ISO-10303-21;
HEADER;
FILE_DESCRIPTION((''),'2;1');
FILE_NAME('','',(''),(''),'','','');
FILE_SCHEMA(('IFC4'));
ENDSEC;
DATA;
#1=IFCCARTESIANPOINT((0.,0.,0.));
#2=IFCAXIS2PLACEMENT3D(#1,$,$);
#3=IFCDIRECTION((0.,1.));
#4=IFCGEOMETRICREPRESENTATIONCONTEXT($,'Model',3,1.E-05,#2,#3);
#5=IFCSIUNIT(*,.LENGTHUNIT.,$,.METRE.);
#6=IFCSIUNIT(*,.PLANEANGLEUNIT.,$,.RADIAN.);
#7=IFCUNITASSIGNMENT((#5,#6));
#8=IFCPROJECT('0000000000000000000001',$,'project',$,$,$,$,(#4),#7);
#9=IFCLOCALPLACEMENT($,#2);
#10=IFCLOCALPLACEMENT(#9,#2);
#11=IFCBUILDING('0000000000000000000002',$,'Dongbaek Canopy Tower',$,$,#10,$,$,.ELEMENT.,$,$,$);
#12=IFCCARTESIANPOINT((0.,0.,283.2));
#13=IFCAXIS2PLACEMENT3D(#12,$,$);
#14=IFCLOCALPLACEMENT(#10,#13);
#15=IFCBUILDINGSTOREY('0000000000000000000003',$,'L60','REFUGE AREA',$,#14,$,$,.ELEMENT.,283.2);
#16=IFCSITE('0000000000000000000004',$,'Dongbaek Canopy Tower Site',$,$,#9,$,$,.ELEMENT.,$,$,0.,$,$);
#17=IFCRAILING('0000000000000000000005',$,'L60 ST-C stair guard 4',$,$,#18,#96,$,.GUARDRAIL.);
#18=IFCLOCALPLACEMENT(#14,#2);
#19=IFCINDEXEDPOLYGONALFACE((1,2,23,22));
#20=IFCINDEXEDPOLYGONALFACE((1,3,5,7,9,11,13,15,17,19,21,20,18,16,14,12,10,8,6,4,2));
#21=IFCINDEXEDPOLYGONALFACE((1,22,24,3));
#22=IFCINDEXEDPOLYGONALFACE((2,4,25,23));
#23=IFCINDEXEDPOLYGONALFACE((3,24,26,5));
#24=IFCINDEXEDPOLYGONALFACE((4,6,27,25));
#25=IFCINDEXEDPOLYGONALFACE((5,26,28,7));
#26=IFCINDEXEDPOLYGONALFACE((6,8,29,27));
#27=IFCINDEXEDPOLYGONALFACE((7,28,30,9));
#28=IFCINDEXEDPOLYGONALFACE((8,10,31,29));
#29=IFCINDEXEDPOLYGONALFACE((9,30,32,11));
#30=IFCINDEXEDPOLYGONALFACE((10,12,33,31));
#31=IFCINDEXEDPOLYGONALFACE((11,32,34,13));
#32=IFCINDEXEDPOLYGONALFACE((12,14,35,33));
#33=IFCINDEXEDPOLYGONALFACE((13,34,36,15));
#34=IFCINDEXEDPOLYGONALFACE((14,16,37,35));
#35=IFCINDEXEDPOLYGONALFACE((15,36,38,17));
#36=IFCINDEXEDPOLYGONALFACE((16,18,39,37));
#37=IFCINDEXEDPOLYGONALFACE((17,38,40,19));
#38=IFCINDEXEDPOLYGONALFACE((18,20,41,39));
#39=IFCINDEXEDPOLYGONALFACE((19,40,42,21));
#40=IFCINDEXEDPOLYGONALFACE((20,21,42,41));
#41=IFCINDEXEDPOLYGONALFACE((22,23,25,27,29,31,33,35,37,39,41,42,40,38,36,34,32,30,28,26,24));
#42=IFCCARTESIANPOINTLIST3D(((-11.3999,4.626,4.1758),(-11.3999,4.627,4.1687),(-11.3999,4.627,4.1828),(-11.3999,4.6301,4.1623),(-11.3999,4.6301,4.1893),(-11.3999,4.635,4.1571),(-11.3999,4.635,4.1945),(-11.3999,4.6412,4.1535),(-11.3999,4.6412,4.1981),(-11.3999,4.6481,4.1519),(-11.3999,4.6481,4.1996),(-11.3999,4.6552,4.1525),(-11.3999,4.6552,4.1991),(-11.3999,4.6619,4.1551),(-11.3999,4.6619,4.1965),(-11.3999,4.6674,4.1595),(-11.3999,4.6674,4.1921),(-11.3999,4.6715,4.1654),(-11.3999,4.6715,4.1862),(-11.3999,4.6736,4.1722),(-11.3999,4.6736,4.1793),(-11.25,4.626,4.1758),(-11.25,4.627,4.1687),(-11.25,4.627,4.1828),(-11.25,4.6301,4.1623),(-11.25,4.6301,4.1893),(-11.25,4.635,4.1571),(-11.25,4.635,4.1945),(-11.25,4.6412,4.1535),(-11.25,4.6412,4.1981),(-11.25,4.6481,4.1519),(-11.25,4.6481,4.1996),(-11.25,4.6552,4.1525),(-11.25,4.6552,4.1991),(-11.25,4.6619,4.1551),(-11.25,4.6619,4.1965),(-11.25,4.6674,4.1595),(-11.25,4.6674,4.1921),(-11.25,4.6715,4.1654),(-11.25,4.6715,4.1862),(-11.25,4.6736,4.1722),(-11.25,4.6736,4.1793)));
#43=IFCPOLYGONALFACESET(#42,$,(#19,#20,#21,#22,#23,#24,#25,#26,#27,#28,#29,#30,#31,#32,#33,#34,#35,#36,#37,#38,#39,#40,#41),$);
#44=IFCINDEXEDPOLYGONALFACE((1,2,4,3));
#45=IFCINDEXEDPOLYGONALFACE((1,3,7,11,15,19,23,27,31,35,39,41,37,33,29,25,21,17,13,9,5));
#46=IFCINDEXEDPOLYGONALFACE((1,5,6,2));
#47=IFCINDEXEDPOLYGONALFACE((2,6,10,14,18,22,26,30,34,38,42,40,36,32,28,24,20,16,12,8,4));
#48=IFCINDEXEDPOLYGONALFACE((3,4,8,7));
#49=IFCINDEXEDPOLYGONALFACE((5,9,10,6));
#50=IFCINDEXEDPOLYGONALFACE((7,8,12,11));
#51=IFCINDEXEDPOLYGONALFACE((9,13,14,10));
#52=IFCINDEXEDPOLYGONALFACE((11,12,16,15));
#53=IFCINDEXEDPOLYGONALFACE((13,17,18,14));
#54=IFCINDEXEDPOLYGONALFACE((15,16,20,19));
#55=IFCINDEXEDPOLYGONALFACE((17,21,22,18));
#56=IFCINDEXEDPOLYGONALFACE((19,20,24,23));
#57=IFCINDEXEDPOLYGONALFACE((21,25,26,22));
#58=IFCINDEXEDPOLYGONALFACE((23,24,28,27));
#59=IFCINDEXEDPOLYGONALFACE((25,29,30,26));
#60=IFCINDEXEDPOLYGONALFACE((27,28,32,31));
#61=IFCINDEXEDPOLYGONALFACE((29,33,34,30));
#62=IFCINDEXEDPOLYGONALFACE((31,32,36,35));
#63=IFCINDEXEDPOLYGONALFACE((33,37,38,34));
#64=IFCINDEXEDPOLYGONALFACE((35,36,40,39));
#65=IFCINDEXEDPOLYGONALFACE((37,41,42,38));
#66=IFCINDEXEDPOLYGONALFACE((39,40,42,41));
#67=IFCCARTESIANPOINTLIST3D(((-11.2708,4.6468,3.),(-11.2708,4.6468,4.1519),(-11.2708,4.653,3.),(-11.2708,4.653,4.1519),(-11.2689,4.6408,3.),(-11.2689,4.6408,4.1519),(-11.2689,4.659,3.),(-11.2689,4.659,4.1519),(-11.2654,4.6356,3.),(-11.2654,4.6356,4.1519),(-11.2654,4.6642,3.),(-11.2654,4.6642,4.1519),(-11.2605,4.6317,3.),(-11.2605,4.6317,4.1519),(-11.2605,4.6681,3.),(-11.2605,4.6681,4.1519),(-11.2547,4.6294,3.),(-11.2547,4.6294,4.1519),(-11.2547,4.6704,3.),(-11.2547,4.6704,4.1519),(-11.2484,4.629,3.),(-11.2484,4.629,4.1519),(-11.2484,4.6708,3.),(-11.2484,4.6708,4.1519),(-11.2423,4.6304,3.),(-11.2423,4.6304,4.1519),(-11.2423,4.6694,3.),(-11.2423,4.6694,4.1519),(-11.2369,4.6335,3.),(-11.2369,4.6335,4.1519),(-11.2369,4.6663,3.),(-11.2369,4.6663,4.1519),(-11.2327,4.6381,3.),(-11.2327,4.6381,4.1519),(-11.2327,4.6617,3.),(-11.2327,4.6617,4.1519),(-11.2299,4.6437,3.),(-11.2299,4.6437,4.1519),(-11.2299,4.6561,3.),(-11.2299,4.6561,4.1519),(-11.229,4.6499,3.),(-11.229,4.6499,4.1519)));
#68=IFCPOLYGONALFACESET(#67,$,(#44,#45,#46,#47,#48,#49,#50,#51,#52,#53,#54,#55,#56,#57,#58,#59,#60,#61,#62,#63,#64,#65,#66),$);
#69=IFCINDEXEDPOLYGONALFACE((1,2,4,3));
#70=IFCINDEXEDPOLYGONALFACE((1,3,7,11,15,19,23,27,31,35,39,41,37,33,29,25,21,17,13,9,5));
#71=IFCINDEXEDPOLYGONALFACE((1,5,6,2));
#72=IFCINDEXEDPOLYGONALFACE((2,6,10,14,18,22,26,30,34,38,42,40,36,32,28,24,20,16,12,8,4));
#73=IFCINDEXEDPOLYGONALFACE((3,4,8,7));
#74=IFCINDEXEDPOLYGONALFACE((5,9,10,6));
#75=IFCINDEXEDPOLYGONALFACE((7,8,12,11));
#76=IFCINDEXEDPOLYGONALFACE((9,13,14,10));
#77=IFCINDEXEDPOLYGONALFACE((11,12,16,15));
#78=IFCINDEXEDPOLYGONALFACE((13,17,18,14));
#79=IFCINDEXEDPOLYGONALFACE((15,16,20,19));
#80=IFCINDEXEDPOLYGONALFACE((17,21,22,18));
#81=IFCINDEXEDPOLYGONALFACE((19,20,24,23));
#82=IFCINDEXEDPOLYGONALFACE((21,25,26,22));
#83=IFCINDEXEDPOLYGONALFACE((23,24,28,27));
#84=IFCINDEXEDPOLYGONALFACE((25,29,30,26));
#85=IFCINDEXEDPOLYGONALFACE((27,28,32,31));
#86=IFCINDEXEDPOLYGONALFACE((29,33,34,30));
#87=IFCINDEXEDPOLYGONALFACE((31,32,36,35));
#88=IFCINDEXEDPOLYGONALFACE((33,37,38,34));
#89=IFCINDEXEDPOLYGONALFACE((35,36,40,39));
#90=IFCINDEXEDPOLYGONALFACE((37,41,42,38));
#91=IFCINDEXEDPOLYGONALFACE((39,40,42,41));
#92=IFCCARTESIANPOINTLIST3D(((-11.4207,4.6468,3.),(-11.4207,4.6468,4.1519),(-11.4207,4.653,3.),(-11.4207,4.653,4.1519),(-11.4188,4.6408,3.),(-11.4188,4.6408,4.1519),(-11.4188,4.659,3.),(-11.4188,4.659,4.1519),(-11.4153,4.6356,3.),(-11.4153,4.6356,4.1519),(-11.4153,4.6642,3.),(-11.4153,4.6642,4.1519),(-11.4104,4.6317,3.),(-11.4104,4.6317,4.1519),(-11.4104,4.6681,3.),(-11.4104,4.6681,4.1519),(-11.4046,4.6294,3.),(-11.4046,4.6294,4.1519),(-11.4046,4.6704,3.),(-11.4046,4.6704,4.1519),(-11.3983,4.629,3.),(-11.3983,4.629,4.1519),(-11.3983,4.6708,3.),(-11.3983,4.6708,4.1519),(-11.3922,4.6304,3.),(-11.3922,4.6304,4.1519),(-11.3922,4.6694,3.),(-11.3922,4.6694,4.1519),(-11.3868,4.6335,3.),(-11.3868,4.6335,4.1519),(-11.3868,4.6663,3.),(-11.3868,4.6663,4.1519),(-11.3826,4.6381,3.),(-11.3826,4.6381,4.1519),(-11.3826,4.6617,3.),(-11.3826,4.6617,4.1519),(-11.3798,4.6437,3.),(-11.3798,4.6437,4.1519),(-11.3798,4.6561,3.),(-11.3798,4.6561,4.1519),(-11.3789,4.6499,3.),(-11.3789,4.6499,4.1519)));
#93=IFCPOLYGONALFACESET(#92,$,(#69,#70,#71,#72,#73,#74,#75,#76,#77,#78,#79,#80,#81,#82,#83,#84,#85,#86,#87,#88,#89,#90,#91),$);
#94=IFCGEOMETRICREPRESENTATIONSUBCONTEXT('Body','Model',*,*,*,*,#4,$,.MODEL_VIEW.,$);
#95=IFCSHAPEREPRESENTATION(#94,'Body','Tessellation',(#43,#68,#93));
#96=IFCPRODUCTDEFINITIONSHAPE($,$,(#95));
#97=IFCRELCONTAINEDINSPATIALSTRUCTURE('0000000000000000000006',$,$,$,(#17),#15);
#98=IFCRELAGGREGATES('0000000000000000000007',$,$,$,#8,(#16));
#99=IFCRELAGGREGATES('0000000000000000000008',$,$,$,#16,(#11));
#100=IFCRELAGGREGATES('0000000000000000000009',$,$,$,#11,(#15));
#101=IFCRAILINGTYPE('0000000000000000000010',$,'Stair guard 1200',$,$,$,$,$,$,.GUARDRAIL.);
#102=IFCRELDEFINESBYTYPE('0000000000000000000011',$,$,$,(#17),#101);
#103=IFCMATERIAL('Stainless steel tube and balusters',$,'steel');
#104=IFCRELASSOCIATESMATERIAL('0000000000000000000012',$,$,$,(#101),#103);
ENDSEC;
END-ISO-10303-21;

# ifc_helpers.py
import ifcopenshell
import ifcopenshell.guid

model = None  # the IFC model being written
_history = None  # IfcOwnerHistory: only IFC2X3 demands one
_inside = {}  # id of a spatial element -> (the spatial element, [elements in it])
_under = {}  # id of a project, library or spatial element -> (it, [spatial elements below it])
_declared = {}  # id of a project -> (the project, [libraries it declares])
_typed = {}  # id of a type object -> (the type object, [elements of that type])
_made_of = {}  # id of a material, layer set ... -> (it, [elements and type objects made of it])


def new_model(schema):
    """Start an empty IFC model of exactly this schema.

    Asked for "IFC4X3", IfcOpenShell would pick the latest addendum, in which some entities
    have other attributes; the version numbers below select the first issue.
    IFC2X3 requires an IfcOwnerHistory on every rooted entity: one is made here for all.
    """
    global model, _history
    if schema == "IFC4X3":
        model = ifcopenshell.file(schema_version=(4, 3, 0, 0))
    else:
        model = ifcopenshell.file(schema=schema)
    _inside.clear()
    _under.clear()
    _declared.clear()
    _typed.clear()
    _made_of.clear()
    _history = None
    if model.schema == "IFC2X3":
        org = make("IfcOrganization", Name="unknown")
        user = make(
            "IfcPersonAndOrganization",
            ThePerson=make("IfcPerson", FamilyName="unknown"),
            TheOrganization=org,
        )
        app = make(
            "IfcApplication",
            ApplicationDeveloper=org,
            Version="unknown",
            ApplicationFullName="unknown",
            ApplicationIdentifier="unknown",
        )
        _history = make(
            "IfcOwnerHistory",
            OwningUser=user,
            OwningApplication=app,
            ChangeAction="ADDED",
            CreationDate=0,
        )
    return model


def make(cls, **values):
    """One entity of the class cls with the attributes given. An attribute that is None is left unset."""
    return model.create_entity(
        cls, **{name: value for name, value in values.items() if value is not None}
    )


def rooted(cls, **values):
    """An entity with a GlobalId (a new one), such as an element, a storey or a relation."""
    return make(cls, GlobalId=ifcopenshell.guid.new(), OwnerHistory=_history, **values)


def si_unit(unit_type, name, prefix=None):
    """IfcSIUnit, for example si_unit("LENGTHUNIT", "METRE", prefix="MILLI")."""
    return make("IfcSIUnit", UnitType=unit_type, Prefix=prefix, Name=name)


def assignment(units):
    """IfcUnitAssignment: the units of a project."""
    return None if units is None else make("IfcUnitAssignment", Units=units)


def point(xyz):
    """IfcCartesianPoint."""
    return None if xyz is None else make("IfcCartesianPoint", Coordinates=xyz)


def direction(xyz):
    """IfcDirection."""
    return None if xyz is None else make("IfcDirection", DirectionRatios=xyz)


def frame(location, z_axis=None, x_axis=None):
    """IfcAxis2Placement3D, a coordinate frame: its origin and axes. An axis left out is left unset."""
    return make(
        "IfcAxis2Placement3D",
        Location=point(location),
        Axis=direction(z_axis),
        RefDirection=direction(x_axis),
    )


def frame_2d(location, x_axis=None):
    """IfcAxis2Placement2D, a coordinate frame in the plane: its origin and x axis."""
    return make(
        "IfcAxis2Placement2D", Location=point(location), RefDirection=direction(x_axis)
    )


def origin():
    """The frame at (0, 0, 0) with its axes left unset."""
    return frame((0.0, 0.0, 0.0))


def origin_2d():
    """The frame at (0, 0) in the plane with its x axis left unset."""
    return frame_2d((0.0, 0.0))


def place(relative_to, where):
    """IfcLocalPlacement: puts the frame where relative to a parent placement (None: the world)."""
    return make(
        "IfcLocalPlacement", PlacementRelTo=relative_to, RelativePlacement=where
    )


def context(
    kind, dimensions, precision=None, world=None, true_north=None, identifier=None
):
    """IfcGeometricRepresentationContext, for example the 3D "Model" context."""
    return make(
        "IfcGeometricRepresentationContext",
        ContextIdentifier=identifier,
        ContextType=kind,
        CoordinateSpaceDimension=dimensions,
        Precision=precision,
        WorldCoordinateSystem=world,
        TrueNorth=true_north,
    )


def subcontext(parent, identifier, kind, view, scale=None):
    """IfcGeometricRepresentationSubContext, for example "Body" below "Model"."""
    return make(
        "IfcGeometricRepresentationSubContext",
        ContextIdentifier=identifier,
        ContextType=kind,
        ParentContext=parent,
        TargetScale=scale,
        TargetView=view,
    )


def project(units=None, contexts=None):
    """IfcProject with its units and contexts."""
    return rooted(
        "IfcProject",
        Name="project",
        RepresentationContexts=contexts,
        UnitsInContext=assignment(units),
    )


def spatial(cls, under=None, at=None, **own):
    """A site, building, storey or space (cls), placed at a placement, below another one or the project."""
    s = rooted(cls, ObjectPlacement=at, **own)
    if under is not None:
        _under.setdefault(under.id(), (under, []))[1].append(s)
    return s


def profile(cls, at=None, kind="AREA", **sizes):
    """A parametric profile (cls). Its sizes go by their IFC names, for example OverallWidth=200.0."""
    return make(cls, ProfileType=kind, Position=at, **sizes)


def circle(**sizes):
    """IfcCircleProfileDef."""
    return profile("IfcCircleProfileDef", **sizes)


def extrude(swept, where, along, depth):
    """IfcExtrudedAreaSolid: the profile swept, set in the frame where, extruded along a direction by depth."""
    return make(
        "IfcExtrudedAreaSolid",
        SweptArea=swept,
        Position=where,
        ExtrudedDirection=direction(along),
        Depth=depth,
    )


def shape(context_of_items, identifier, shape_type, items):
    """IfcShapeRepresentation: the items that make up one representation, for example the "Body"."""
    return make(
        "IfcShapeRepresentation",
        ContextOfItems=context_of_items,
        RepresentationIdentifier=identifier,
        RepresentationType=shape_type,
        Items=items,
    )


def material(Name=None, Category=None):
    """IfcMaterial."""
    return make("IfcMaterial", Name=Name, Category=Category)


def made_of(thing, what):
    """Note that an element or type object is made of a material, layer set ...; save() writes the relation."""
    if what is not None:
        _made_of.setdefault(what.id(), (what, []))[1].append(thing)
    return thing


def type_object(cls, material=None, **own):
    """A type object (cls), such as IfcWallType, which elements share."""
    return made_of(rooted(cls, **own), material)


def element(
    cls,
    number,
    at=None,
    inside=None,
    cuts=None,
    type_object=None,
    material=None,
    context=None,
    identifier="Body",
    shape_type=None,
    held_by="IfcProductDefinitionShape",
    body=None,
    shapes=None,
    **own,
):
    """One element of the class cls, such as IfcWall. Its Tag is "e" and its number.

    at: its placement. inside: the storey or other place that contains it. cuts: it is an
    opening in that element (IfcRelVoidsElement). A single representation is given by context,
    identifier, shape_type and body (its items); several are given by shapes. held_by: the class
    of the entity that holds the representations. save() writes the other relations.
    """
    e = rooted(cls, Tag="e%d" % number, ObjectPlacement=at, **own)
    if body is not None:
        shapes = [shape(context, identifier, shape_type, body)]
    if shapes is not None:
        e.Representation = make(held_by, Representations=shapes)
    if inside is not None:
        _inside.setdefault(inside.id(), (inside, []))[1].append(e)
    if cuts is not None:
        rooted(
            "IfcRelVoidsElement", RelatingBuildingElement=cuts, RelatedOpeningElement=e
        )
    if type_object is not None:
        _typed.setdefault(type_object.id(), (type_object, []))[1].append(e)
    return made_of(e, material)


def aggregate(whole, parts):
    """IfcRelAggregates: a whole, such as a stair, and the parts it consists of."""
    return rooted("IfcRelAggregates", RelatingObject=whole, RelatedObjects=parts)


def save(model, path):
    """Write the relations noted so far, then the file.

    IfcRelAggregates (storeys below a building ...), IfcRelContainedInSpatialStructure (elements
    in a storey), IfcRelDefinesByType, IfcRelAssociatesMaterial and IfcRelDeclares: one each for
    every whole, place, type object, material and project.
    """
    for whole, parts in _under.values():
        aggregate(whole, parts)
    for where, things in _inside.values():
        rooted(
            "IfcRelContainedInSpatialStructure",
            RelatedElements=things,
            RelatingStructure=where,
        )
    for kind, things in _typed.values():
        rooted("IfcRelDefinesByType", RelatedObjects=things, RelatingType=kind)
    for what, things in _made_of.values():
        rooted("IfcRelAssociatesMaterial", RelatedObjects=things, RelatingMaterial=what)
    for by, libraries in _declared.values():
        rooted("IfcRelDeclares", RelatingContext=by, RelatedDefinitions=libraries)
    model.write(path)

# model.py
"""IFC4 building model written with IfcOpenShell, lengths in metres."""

from ifc_helpers import new_model, si_unit, direction, frame, origin, origin_2d, place, context, subcontext, project, spatial, circle, extrude, material, type_object, element, save


model = new_model("IFC4")

# Units and contexts
model_context = context("Model", 3, precision=1e-05, world=origin(), true_north=direction((0.0, 1.0)))
body_context = subcontext(model_context, "Body", "Model", "MODEL_VIEW")
ifc_project = project(units=[si_unit("LENGTHUNIT", "METRE"), si_unit("PLANEANGLEUNIT", "RADIAN")], contexts=[model_context])

# Site, building, storey
site_placement = place(None, origin())
site = spatial("IfcSite", under=ifc_project, at=site_placement, Name="Dongbaek Canopy Tower Site", CompositionType="ELEMENT", RefElevation=0.0)
building_placement = place(site_placement, origin())
building = spatial("IfcBuilding", under=site, at=building_placement, Name="Dongbaek Canopy Tower", CompositionType="ELEMENT")
storey_placement = place(building_placement, frame((0.0, 0.0, 283.2)))
storey = spatial("IfcBuildingStorey", under=building, at=storey_placement, Name="L60", Description="REFUGE AREA", CompositionType="ELEMENT", Elevation=283.2)

# Railing
ifc_material_1 = material(Name="Stainless steel tube and balusters", Category="steel")
railing_type = type_object("IfcRailingType", Name="Stair guard 1200", PredefinedType="GUARDRAIL", material=ifc_material_1)
railing_1_placement = place(storey_placement, frame((-11.25, 4.6499, 3.0)))
element("IfcRailing", 1, at=railing_1_placement, inside=storey, type_object=railing_type, Name="L60 ST-C stair guard 4", PredefinedType="GUARDRAIL", context=body_context, shape_type="SweptSolid", body=[
    extrude(circle(Radius=0.0239, at=origin_2d()), frame((0.0, 0.0, 1.1758), z_axis=(-1.0, 0.0, 0.0), x_axis=(0.0, -1.0, 0.0)), (0.0, 0.0, 1.0), 0.1499),
    extrude(circle(Radius=0.021, at=origin_2d()), origin(), (0.0, 0.0, 1.0), 1.1519),
    extrude(circle(Radius=0.021, at=origin_2d()), frame((-0.1499, 0.0, 0.0)), (0.0, 0.0, 1.0), 1.1519),
])

save(model, "model.ifc")
